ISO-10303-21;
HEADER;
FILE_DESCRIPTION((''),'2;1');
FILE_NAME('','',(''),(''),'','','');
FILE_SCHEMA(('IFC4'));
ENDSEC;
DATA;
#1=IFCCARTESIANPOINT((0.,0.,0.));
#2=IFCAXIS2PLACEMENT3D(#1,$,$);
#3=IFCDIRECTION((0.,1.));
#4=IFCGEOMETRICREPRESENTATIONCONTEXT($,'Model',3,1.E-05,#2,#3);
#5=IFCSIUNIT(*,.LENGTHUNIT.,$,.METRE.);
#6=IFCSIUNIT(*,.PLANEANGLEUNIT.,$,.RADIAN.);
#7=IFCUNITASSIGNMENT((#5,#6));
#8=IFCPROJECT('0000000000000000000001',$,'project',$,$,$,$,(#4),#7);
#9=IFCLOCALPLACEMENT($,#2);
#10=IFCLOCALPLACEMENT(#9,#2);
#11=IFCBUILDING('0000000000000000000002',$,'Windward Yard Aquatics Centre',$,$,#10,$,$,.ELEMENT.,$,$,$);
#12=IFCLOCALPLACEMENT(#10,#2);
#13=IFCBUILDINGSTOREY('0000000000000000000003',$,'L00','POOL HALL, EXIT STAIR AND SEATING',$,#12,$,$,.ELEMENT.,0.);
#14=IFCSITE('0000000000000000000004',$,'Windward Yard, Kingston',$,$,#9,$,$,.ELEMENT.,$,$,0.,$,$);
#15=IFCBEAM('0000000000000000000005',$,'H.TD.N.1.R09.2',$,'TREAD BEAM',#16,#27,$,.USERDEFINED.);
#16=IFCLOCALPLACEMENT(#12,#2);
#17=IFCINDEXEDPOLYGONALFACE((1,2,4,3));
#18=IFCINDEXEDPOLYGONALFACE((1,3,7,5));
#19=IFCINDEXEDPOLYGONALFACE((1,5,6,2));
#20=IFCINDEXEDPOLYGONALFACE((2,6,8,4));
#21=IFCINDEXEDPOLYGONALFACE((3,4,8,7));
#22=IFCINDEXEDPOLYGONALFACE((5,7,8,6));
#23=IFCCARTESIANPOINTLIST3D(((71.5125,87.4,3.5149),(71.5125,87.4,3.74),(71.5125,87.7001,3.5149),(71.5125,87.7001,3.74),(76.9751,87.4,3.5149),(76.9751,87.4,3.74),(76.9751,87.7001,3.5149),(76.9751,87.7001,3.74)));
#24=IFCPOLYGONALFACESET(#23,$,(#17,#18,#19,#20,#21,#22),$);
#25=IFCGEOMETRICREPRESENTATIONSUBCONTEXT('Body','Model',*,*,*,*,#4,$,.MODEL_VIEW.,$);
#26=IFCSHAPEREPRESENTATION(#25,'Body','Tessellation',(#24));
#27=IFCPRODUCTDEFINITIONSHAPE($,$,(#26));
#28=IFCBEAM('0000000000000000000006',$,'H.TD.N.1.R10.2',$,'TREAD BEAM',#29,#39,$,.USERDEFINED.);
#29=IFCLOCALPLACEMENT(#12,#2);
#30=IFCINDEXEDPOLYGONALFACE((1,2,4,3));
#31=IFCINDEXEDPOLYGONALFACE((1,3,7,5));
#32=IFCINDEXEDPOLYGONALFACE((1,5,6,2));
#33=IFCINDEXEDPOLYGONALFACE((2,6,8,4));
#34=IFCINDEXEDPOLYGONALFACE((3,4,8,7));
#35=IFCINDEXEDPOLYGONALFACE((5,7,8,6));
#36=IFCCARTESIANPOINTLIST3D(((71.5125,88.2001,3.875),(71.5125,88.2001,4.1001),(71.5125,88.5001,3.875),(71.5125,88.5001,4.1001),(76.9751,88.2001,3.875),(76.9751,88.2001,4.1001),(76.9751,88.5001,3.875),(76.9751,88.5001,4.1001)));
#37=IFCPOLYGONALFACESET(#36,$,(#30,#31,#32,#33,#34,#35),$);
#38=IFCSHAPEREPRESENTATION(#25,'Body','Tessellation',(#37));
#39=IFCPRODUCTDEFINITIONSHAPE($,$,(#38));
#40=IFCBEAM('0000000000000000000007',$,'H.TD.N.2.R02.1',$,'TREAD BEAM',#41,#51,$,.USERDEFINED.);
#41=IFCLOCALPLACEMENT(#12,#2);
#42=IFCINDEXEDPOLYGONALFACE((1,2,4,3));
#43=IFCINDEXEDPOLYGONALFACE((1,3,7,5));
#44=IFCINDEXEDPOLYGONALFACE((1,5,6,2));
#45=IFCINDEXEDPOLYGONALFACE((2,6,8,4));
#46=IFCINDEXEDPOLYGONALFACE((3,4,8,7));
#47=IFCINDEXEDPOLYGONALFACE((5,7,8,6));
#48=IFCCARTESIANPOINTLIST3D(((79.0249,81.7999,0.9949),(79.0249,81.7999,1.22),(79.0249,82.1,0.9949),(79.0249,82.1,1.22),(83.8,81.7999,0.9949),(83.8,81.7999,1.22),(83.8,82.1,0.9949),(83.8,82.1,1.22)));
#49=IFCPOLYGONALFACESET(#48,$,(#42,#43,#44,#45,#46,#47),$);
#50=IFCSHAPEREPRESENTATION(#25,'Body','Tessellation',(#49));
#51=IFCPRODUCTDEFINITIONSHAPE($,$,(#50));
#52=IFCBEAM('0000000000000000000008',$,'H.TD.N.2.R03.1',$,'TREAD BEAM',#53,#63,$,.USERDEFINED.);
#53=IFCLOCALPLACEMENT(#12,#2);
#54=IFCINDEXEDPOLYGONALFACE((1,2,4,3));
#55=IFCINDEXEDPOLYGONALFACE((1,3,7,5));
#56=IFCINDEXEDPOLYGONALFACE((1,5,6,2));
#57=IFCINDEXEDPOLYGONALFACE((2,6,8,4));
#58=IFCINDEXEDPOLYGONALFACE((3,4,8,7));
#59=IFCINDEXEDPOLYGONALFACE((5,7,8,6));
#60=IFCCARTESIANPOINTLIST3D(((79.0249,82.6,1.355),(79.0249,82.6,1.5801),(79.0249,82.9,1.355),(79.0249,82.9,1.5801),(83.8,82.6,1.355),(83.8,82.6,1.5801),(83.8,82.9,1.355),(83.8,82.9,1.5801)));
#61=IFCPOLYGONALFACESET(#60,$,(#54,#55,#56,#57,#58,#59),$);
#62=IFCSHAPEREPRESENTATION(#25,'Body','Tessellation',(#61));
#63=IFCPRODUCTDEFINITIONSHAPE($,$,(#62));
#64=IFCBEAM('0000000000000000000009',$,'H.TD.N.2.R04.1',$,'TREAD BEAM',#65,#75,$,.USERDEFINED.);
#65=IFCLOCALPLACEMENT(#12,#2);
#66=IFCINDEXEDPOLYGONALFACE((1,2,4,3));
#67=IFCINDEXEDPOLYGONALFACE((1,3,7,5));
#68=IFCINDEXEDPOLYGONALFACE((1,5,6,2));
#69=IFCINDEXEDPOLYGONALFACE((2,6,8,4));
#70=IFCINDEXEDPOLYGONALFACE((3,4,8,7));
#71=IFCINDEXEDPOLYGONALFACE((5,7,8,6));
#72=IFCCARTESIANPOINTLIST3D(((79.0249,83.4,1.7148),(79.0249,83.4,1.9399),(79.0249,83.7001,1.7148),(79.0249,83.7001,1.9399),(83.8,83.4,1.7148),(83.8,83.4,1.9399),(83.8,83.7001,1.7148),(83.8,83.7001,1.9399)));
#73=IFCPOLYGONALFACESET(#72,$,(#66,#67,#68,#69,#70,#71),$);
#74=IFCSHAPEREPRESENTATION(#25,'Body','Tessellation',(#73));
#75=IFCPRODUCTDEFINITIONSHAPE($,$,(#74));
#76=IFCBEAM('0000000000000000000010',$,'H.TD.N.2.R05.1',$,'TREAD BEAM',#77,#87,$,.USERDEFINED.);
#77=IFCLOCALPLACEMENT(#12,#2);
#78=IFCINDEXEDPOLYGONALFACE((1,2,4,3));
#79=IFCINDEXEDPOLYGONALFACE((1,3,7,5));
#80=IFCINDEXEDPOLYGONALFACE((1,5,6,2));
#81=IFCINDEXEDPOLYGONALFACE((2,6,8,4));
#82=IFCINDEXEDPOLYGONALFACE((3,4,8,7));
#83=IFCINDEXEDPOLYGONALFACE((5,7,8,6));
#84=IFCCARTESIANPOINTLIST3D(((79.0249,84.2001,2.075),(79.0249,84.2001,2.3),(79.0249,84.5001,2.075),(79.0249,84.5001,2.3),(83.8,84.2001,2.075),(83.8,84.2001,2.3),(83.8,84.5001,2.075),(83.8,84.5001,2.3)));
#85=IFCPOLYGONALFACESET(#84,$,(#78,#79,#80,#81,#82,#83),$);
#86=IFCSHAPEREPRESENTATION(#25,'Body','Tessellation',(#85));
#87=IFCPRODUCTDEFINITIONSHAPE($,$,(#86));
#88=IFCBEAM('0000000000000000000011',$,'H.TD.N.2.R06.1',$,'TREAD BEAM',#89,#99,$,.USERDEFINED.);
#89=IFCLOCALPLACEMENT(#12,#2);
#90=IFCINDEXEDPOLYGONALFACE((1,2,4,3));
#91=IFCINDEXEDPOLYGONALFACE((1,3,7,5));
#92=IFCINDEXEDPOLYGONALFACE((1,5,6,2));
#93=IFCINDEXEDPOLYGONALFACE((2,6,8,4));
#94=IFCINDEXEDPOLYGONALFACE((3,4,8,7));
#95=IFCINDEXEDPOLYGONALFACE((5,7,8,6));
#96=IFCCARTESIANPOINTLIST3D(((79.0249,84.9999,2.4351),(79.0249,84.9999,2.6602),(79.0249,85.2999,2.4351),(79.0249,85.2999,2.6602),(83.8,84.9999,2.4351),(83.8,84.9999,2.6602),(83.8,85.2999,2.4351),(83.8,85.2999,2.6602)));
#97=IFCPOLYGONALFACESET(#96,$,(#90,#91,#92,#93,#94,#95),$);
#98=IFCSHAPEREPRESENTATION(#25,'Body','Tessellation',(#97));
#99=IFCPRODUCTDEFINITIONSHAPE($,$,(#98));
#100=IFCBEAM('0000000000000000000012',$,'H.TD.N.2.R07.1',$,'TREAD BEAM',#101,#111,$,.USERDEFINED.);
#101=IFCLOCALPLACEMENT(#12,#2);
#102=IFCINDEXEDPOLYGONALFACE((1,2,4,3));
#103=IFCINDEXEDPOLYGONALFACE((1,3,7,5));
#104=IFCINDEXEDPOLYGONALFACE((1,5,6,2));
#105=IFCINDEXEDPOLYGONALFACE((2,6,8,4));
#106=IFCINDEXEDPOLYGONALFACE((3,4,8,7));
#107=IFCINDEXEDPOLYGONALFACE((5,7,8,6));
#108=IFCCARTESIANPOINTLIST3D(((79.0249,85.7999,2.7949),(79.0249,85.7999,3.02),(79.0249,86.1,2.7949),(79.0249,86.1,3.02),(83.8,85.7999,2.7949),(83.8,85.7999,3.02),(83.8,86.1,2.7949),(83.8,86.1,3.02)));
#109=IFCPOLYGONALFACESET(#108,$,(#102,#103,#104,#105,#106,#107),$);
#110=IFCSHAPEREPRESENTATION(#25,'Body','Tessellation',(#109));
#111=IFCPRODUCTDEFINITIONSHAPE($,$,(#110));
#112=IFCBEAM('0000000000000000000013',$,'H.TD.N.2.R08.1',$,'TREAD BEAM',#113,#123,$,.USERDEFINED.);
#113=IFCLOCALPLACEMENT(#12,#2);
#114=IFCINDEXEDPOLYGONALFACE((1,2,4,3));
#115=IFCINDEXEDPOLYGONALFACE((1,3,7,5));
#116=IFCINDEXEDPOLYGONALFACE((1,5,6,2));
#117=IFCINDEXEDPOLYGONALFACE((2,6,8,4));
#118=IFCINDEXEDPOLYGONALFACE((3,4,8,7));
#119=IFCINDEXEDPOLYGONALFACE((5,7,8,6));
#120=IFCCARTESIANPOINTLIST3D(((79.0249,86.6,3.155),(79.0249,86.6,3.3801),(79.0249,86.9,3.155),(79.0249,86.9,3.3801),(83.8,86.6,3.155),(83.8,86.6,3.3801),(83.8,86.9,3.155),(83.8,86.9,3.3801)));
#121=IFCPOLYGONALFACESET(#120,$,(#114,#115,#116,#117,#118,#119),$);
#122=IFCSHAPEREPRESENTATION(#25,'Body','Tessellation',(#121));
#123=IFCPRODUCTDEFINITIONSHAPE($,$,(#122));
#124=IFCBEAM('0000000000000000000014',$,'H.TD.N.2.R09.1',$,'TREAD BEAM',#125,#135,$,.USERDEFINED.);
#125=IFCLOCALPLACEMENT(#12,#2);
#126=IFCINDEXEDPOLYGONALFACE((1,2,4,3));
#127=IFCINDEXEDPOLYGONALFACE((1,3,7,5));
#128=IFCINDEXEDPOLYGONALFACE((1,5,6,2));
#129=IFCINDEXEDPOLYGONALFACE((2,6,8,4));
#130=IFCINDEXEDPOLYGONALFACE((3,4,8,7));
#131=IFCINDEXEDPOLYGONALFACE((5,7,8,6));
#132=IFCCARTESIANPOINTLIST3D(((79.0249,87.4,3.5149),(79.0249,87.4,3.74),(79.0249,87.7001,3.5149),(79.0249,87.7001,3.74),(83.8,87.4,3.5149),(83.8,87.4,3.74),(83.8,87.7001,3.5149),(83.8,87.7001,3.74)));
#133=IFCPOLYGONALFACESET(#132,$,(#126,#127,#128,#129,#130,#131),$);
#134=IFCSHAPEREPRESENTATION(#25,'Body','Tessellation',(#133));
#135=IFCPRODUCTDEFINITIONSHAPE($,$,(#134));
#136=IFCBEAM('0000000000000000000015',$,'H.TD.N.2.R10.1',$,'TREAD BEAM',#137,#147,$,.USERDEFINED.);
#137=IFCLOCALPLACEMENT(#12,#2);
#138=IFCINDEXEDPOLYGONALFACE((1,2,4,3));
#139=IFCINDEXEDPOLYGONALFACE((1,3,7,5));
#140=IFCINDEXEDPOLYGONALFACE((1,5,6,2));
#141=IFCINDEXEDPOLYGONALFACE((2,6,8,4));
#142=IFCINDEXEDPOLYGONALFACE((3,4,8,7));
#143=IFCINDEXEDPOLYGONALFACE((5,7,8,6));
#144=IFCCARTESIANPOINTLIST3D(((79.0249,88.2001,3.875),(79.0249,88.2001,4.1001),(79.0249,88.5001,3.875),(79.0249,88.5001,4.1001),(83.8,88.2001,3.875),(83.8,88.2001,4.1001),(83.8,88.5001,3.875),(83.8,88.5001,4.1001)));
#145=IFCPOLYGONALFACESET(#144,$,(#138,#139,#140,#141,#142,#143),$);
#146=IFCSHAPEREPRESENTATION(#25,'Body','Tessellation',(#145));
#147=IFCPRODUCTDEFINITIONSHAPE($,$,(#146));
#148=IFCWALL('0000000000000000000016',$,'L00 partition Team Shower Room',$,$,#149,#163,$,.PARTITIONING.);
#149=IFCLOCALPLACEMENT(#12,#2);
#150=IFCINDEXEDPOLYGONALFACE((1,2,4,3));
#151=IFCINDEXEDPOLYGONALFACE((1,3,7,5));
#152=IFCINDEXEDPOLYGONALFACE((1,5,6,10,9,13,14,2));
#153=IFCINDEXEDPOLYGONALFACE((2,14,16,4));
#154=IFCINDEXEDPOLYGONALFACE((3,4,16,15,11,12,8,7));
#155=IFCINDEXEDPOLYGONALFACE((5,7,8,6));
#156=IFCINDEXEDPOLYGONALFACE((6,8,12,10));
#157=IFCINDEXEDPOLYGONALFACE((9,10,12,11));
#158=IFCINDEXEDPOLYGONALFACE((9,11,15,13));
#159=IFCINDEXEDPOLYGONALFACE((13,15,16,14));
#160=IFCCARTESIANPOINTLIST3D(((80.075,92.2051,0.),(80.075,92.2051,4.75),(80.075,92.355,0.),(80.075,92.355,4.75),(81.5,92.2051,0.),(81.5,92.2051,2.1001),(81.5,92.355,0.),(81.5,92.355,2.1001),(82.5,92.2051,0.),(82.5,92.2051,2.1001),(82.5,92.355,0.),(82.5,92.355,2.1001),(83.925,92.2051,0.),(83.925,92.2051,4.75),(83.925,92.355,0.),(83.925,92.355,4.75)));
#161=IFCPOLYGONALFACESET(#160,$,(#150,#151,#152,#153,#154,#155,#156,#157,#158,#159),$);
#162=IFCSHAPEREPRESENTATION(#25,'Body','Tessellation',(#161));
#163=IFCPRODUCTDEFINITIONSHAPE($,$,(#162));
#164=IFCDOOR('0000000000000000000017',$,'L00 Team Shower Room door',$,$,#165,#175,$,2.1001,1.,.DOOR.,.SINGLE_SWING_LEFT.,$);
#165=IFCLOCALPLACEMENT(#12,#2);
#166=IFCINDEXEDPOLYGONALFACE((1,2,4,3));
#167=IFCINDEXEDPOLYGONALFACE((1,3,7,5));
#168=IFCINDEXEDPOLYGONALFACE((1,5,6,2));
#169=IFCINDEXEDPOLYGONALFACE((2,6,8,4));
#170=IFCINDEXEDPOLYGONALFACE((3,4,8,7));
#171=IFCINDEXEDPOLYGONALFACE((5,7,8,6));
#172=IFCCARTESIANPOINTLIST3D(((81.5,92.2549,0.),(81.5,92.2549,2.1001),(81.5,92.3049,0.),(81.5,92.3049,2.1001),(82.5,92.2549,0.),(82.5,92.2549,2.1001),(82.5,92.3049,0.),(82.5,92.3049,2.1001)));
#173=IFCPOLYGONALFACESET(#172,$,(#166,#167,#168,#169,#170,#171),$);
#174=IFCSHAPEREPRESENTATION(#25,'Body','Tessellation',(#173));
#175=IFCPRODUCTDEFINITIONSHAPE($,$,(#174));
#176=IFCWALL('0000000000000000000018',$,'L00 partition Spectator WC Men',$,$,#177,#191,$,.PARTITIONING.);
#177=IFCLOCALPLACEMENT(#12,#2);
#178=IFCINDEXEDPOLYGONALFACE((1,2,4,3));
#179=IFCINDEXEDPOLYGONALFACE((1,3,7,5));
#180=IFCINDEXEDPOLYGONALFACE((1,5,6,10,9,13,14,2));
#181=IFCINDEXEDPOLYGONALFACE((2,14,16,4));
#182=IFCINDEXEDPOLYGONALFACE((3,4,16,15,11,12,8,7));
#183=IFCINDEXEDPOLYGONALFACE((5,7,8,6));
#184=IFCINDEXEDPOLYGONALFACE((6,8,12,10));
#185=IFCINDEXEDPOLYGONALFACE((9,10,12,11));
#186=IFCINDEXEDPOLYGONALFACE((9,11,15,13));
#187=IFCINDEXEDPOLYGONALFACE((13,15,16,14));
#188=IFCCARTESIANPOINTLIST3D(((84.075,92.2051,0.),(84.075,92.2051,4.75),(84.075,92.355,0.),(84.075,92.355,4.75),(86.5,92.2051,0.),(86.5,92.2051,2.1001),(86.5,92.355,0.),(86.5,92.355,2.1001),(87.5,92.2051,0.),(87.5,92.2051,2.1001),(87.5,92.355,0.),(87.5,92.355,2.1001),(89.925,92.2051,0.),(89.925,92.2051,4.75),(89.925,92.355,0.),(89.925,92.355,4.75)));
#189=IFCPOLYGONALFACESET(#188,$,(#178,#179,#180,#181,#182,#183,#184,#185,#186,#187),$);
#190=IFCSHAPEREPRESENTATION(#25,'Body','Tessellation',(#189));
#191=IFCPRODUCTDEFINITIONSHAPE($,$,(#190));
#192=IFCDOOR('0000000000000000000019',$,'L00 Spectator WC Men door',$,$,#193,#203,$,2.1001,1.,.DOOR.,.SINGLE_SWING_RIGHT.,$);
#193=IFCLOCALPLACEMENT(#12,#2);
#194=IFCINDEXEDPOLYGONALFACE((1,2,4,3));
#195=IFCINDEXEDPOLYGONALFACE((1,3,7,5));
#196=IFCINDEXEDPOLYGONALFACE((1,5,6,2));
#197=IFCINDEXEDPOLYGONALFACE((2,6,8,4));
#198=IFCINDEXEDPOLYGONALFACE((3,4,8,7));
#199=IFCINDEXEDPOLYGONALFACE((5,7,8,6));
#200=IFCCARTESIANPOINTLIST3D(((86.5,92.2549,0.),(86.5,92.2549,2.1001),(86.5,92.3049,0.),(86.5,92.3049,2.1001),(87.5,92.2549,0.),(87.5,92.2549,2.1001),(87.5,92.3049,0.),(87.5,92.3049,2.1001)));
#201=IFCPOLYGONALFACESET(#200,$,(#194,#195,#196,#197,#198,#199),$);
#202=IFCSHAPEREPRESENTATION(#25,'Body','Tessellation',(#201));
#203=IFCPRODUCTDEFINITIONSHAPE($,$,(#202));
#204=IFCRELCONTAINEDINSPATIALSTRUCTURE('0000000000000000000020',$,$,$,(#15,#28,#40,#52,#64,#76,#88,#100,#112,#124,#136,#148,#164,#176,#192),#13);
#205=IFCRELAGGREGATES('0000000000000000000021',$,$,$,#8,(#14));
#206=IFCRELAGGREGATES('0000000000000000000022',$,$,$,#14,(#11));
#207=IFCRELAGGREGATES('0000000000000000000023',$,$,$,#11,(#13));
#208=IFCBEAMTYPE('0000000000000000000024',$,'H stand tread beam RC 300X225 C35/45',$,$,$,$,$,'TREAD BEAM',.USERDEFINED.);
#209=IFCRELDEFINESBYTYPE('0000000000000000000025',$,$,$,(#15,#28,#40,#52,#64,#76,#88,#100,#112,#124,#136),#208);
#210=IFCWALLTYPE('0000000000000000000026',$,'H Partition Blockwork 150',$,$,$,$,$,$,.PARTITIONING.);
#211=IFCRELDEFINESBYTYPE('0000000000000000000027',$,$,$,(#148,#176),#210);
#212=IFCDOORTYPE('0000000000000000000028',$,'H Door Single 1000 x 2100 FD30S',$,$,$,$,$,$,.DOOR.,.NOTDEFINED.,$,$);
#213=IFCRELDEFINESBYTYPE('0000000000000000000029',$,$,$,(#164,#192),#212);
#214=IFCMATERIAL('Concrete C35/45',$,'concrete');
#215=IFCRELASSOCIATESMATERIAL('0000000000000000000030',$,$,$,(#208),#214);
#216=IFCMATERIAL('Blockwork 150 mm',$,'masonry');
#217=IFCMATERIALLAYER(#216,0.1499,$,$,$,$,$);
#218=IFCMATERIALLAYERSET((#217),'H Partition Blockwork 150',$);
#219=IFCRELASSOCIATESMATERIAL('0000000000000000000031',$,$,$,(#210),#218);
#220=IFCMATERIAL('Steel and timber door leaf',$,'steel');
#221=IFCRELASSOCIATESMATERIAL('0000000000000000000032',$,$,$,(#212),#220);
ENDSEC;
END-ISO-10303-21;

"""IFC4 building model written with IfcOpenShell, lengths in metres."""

from ifc_helpers import new_model, si_unit, direction, frame, frame_2d, origin, origin_2d, place, context, subcontext, project, spatial, rectangle, extrude, material, layer, layer_set, material_profile, profile_set, type_object, element, fill, save


model = new_model("IFC4")

# Units and contexts
model_context = context("Model", 3, precision=1e-05, world=origin(), true_north=direction((0.0, 1.0)))
body_context = subcontext(model_context, "Body", "Model", "MODEL_VIEW")
ifc_project = project(units=[si_unit("LENGTHUNIT", "METRE"), si_unit("PLANEANGLEUNIT", "RADIAN")], contexts=[model_context])

# Site, building, storey
site_placement = place(None, origin())
site = spatial("IfcSite", under=ifc_project, at=site_placement, Name="Windward Yard, Kingston", CompositionType="ELEMENT", RefElevation=0.0)
building_placement = place(site_placement, origin())
building = spatial("IfcBuilding", under=site, at=building_placement, Name="Windward Yard Aquatics Centre", CompositionType="ELEMENT")
storey_placement = place(building_placement, origin())
storey = spatial("IfcBuildingStorey", under=building, at=storey_placement, Name="L00", Description="POOL HALL, EXIT STAIR AND SEATING", CompositionType="ELEMENT", Elevation=0.0)

# Shared definitions
ifc_material_1 = material(Name="Concrete C35/45", Category="concrete")

# Beams
ifc_material_profile_1 = material_profile(ifc_material_1, rectangle(XDim=0.3, YDim=0.2251, at=origin_2d()), Name="RC 300X225")
ifc_profile_set_1 = profile_set([ifc_material_profile_1], Name="Concrete C35/45")
beam_type_1 = type_object("IfcBeamType", Name="H stand tread beam RC 300X225 C35/45", ElementType="TREAD BEAM", PredefinedType="USERDEFINED", material=ifc_profile_set_1)
for number, where, z_axis, x_axis, name in (
    (1, (71.5125, 87.55, 3.6274), (1.0, 0.0, 0.0), (0.0, 1.0, 0.0), "H.TD.N.1.R09.2"),
    (2, (71.5125, 88.3501, 3.9875), (1.0, 0.0, 0.0), (0.0, 1.0, 0.0), "H.TD.N.1.R10.2"),
):
    element("IfcBeam", number, at=place(storey_placement, frame(where, z_axis=z_axis, x_axis=x_axis)), inside=storey, type_object=beam_type_1, Name=name, ObjectType="TREAD BEAM", PredefinedType="USERDEFINED", context=body_context, shape_type="SweptSolid", body=[
        extrude(rectangle(XDim=0.3, YDim=0.2251, at=origin_2d()), origin(), (0.0, 0.0, 1.0), 5.4626),
    ])
for number, where, z_axis, x_axis, name in (
    (3, (79.0249, 81.95, 1.1074), (1.0, 0.0, 0.0), (0.0, 1.0, 0.0), "H.TD.N.2.R02.1"),
    (4, (79.0249, 82.75, 1.4675), (1.0, 0.0, 0.0), (0.0, 1.0, 0.0), "H.TD.N.2.R03.1"),
    (5, (79.0249, 83.55, 1.8274), (1.0, 0.0, 0.0), (0.0, 1.0, 0.0), "H.TD.N.2.R04.1"),
    (6, (79.0249, 84.3501, 2.1875), (1.0, 0.0, 0.0), (0.0, 1.0, 0.0), "H.TD.N.2.R05.1"),
    (7, (79.0249, 85.1499, 2.5476), (1.0, 0.0, 0.0), (0.0, 1.0, 0.0), "H.TD.N.2.R06.1"),
    (8, (79.0249, 85.95, 2.9075), (1.0, 0.0, 0.0), (0.0, 1.0, 0.0), "H.TD.N.2.R07.1"),
    (9, (79.0249, 86.75, 3.2676), (1.0, 0.0, 0.0), (0.0, 1.0, 0.0), "H.TD.N.2.R08.1"),
    (10, (79.0249, 87.55, 3.6274), (1.0, 0.0, 0.0), (0.0, 1.0, 0.0), "H.TD.N.2.R09.1"),
    (11, (79.0249, 88.3501, 3.9875), (1.0, 0.0, 0.0), (0.0, 1.0, 0.0), "H.TD.N.2.R10.1"),
):
    element("IfcBeam", number, at=place(storey_placement, frame(where, z_axis=z_axis, x_axis=x_axis)), inside=storey, type_object=beam_type_1, Name=name, ObjectType="TREAD BEAM", PredefinedType="USERDEFINED", context=body_context, shape_type="SweptSolid", body=[
        extrude(rectangle(XDim=0.3, YDim=0.2251, at=origin_2d()), origin(), (0.0, 0.0, 1.0), 4.7751),
    ])

# Walls, openings, doors
ifc_material_2 = material(Name="Blockwork 150 mm", Category="masonry")
ifc_layer = layer(ifc_material_2, 0.1499)
ifc_layer_set = layer_set([ifc_layer], Name="H Partition Blockwork 150")
wall_type = type_object("IfcWallType", Name="H Partition Blockwork 150", PredefinedType="PARTITIONING", material=ifc_layer_set)
wall_1_placement = place(storey_placement, frame((80.075, 92.28, 0.0), z_axis=(0.0, 0.0, 1.0), x_axis=(1.0, 0.0, 0.0)))
wall_1 = element("IfcWall", 12, at=wall_1_placement, inside=storey, type_object=wall_type, Name="L00 partition Team Shower Room", PredefinedType="PARTITIONING", context=body_context, shape_type="SweptSolid", body=[
    extrude(rectangle(XDim=3.8501, YDim=0.1499, at=frame_2d((1.925, 0.0))), origin(), (0.0, 0.0, 1.0), 4.75),
])
opening_1_placement = place(wall_1_placement, frame((1.425, 0.0, 0.0)))
opening_1 = element("IfcOpeningElement", 13, at=opening_1_placement, cuts=wall_1, PredefinedType="OPENING", context=body_context, shape_type="SweptSolid", body=[
    extrude(rectangle(XDim=1.0, YDim=2.1001, at=frame_2d((0.5, 1.05))), frame((0.0, 0.085, 0.0), z_axis=(0.0, -1.0, 0.0), x_axis=(1.0, 0.0, 0.0)), (0.0, 0.0, 1.0), 0.1699),
])
ifc_material_3 = material(Name="Steel and timber door leaf", Category="steel")
door_type = type_object("IfcDoorType", Name="H Door Single 1000 x 2100 FD30S", OperationType="NOTDEFINED", PredefinedType="DOOR", material=ifc_material_3)
door_1_placement = place(opening_1_placement, origin())
door_1 = element("IfcDoor", 14, at=door_1_placement, inside=storey, type_object=door_type, Name="L00 Team Shower Room door", OperationType="SINGLE_SWING_LEFT", OverallHeight=2.1001, OverallWidth=1.0, PredefinedType="DOOR", context=body_context, shape_type="SweptSolid", body=[
    extrude(rectangle(XDim=1.0, YDim=2.1001, at=frame_2d((0.5, 1.05))), frame((0.0, 0.0249, 0.0), z_axis=(0.0, -1.0, 0.0), x_axis=(1.0, 0.0, 0.0)), (0.0, 0.0, 1.0), 0.05),
])
fill(opening_1, door_1)
wall_2_placement = place(storey_placement, frame((84.075, 92.28, 0.0), z_axis=(0.0, 0.0, 1.0), x_axis=(1.0, 0.0, 0.0)))
wall_2 = element("IfcWall", 15, at=wall_2_placement, inside=storey, type_object=wall_type, Name="L00 partition Spectator WC Men", PredefinedType="PARTITIONING", context=body_context, shape_type="SweptSolid", body=[
    extrude(rectangle(XDim=5.8501, YDim=0.1499, at=frame_2d((2.925, 0.0))), origin(), (0.0, 0.0, 1.0), 4.75),
])
opening_2_placement = place(wall_2_placement, frame((2.425, 0.0, 0.0)))
opening_2 = element("IfcOpeningElement", 16, at=opening_2_placement, cuts=wall_2, PredefinedType="OPENING", context=body_context, shape_type="SweptSolid", body=[
    extrude(rectangle(XDim=1.0, YDim=2.1001, at=frame_2d((0.5, 1.05))), frame((0.0, 0.085, 0.0), z_axis=(0.0, -1.0, 0.0), x_axis=(1.0, 0.0, 0.0)), (0.0, 0.0, 1.0), 0.1699),
])
door_2_placement = place(opening_2_placement, origin())
door_2 = element("IfcDoor", 17, at=door_2_placement, inside=storey, type_object=door_type, Name="L00 Spectator WC Men door", OperationType="SINGLE_SWING_RIGHT", OverallHeight=2.1001, OverallWidth=1.0, PredefinedType="DOOR", context=body_context, shape_type="SweptSolid", body=[
    extrude(rectangle(XDim=1.0, YDim=2.1001, at=frame_2d((0.5, 1.05))), frame((0.0, 0.0249, 0.0), z_axis=(0.0, -1.0, 0.0), x_axis=(1.0, 0.0, 0.0)), (0.0, 0.0, 1.0), 0.05),
])
fill(opening_2, door_2)

save(model, "model.ifc")
